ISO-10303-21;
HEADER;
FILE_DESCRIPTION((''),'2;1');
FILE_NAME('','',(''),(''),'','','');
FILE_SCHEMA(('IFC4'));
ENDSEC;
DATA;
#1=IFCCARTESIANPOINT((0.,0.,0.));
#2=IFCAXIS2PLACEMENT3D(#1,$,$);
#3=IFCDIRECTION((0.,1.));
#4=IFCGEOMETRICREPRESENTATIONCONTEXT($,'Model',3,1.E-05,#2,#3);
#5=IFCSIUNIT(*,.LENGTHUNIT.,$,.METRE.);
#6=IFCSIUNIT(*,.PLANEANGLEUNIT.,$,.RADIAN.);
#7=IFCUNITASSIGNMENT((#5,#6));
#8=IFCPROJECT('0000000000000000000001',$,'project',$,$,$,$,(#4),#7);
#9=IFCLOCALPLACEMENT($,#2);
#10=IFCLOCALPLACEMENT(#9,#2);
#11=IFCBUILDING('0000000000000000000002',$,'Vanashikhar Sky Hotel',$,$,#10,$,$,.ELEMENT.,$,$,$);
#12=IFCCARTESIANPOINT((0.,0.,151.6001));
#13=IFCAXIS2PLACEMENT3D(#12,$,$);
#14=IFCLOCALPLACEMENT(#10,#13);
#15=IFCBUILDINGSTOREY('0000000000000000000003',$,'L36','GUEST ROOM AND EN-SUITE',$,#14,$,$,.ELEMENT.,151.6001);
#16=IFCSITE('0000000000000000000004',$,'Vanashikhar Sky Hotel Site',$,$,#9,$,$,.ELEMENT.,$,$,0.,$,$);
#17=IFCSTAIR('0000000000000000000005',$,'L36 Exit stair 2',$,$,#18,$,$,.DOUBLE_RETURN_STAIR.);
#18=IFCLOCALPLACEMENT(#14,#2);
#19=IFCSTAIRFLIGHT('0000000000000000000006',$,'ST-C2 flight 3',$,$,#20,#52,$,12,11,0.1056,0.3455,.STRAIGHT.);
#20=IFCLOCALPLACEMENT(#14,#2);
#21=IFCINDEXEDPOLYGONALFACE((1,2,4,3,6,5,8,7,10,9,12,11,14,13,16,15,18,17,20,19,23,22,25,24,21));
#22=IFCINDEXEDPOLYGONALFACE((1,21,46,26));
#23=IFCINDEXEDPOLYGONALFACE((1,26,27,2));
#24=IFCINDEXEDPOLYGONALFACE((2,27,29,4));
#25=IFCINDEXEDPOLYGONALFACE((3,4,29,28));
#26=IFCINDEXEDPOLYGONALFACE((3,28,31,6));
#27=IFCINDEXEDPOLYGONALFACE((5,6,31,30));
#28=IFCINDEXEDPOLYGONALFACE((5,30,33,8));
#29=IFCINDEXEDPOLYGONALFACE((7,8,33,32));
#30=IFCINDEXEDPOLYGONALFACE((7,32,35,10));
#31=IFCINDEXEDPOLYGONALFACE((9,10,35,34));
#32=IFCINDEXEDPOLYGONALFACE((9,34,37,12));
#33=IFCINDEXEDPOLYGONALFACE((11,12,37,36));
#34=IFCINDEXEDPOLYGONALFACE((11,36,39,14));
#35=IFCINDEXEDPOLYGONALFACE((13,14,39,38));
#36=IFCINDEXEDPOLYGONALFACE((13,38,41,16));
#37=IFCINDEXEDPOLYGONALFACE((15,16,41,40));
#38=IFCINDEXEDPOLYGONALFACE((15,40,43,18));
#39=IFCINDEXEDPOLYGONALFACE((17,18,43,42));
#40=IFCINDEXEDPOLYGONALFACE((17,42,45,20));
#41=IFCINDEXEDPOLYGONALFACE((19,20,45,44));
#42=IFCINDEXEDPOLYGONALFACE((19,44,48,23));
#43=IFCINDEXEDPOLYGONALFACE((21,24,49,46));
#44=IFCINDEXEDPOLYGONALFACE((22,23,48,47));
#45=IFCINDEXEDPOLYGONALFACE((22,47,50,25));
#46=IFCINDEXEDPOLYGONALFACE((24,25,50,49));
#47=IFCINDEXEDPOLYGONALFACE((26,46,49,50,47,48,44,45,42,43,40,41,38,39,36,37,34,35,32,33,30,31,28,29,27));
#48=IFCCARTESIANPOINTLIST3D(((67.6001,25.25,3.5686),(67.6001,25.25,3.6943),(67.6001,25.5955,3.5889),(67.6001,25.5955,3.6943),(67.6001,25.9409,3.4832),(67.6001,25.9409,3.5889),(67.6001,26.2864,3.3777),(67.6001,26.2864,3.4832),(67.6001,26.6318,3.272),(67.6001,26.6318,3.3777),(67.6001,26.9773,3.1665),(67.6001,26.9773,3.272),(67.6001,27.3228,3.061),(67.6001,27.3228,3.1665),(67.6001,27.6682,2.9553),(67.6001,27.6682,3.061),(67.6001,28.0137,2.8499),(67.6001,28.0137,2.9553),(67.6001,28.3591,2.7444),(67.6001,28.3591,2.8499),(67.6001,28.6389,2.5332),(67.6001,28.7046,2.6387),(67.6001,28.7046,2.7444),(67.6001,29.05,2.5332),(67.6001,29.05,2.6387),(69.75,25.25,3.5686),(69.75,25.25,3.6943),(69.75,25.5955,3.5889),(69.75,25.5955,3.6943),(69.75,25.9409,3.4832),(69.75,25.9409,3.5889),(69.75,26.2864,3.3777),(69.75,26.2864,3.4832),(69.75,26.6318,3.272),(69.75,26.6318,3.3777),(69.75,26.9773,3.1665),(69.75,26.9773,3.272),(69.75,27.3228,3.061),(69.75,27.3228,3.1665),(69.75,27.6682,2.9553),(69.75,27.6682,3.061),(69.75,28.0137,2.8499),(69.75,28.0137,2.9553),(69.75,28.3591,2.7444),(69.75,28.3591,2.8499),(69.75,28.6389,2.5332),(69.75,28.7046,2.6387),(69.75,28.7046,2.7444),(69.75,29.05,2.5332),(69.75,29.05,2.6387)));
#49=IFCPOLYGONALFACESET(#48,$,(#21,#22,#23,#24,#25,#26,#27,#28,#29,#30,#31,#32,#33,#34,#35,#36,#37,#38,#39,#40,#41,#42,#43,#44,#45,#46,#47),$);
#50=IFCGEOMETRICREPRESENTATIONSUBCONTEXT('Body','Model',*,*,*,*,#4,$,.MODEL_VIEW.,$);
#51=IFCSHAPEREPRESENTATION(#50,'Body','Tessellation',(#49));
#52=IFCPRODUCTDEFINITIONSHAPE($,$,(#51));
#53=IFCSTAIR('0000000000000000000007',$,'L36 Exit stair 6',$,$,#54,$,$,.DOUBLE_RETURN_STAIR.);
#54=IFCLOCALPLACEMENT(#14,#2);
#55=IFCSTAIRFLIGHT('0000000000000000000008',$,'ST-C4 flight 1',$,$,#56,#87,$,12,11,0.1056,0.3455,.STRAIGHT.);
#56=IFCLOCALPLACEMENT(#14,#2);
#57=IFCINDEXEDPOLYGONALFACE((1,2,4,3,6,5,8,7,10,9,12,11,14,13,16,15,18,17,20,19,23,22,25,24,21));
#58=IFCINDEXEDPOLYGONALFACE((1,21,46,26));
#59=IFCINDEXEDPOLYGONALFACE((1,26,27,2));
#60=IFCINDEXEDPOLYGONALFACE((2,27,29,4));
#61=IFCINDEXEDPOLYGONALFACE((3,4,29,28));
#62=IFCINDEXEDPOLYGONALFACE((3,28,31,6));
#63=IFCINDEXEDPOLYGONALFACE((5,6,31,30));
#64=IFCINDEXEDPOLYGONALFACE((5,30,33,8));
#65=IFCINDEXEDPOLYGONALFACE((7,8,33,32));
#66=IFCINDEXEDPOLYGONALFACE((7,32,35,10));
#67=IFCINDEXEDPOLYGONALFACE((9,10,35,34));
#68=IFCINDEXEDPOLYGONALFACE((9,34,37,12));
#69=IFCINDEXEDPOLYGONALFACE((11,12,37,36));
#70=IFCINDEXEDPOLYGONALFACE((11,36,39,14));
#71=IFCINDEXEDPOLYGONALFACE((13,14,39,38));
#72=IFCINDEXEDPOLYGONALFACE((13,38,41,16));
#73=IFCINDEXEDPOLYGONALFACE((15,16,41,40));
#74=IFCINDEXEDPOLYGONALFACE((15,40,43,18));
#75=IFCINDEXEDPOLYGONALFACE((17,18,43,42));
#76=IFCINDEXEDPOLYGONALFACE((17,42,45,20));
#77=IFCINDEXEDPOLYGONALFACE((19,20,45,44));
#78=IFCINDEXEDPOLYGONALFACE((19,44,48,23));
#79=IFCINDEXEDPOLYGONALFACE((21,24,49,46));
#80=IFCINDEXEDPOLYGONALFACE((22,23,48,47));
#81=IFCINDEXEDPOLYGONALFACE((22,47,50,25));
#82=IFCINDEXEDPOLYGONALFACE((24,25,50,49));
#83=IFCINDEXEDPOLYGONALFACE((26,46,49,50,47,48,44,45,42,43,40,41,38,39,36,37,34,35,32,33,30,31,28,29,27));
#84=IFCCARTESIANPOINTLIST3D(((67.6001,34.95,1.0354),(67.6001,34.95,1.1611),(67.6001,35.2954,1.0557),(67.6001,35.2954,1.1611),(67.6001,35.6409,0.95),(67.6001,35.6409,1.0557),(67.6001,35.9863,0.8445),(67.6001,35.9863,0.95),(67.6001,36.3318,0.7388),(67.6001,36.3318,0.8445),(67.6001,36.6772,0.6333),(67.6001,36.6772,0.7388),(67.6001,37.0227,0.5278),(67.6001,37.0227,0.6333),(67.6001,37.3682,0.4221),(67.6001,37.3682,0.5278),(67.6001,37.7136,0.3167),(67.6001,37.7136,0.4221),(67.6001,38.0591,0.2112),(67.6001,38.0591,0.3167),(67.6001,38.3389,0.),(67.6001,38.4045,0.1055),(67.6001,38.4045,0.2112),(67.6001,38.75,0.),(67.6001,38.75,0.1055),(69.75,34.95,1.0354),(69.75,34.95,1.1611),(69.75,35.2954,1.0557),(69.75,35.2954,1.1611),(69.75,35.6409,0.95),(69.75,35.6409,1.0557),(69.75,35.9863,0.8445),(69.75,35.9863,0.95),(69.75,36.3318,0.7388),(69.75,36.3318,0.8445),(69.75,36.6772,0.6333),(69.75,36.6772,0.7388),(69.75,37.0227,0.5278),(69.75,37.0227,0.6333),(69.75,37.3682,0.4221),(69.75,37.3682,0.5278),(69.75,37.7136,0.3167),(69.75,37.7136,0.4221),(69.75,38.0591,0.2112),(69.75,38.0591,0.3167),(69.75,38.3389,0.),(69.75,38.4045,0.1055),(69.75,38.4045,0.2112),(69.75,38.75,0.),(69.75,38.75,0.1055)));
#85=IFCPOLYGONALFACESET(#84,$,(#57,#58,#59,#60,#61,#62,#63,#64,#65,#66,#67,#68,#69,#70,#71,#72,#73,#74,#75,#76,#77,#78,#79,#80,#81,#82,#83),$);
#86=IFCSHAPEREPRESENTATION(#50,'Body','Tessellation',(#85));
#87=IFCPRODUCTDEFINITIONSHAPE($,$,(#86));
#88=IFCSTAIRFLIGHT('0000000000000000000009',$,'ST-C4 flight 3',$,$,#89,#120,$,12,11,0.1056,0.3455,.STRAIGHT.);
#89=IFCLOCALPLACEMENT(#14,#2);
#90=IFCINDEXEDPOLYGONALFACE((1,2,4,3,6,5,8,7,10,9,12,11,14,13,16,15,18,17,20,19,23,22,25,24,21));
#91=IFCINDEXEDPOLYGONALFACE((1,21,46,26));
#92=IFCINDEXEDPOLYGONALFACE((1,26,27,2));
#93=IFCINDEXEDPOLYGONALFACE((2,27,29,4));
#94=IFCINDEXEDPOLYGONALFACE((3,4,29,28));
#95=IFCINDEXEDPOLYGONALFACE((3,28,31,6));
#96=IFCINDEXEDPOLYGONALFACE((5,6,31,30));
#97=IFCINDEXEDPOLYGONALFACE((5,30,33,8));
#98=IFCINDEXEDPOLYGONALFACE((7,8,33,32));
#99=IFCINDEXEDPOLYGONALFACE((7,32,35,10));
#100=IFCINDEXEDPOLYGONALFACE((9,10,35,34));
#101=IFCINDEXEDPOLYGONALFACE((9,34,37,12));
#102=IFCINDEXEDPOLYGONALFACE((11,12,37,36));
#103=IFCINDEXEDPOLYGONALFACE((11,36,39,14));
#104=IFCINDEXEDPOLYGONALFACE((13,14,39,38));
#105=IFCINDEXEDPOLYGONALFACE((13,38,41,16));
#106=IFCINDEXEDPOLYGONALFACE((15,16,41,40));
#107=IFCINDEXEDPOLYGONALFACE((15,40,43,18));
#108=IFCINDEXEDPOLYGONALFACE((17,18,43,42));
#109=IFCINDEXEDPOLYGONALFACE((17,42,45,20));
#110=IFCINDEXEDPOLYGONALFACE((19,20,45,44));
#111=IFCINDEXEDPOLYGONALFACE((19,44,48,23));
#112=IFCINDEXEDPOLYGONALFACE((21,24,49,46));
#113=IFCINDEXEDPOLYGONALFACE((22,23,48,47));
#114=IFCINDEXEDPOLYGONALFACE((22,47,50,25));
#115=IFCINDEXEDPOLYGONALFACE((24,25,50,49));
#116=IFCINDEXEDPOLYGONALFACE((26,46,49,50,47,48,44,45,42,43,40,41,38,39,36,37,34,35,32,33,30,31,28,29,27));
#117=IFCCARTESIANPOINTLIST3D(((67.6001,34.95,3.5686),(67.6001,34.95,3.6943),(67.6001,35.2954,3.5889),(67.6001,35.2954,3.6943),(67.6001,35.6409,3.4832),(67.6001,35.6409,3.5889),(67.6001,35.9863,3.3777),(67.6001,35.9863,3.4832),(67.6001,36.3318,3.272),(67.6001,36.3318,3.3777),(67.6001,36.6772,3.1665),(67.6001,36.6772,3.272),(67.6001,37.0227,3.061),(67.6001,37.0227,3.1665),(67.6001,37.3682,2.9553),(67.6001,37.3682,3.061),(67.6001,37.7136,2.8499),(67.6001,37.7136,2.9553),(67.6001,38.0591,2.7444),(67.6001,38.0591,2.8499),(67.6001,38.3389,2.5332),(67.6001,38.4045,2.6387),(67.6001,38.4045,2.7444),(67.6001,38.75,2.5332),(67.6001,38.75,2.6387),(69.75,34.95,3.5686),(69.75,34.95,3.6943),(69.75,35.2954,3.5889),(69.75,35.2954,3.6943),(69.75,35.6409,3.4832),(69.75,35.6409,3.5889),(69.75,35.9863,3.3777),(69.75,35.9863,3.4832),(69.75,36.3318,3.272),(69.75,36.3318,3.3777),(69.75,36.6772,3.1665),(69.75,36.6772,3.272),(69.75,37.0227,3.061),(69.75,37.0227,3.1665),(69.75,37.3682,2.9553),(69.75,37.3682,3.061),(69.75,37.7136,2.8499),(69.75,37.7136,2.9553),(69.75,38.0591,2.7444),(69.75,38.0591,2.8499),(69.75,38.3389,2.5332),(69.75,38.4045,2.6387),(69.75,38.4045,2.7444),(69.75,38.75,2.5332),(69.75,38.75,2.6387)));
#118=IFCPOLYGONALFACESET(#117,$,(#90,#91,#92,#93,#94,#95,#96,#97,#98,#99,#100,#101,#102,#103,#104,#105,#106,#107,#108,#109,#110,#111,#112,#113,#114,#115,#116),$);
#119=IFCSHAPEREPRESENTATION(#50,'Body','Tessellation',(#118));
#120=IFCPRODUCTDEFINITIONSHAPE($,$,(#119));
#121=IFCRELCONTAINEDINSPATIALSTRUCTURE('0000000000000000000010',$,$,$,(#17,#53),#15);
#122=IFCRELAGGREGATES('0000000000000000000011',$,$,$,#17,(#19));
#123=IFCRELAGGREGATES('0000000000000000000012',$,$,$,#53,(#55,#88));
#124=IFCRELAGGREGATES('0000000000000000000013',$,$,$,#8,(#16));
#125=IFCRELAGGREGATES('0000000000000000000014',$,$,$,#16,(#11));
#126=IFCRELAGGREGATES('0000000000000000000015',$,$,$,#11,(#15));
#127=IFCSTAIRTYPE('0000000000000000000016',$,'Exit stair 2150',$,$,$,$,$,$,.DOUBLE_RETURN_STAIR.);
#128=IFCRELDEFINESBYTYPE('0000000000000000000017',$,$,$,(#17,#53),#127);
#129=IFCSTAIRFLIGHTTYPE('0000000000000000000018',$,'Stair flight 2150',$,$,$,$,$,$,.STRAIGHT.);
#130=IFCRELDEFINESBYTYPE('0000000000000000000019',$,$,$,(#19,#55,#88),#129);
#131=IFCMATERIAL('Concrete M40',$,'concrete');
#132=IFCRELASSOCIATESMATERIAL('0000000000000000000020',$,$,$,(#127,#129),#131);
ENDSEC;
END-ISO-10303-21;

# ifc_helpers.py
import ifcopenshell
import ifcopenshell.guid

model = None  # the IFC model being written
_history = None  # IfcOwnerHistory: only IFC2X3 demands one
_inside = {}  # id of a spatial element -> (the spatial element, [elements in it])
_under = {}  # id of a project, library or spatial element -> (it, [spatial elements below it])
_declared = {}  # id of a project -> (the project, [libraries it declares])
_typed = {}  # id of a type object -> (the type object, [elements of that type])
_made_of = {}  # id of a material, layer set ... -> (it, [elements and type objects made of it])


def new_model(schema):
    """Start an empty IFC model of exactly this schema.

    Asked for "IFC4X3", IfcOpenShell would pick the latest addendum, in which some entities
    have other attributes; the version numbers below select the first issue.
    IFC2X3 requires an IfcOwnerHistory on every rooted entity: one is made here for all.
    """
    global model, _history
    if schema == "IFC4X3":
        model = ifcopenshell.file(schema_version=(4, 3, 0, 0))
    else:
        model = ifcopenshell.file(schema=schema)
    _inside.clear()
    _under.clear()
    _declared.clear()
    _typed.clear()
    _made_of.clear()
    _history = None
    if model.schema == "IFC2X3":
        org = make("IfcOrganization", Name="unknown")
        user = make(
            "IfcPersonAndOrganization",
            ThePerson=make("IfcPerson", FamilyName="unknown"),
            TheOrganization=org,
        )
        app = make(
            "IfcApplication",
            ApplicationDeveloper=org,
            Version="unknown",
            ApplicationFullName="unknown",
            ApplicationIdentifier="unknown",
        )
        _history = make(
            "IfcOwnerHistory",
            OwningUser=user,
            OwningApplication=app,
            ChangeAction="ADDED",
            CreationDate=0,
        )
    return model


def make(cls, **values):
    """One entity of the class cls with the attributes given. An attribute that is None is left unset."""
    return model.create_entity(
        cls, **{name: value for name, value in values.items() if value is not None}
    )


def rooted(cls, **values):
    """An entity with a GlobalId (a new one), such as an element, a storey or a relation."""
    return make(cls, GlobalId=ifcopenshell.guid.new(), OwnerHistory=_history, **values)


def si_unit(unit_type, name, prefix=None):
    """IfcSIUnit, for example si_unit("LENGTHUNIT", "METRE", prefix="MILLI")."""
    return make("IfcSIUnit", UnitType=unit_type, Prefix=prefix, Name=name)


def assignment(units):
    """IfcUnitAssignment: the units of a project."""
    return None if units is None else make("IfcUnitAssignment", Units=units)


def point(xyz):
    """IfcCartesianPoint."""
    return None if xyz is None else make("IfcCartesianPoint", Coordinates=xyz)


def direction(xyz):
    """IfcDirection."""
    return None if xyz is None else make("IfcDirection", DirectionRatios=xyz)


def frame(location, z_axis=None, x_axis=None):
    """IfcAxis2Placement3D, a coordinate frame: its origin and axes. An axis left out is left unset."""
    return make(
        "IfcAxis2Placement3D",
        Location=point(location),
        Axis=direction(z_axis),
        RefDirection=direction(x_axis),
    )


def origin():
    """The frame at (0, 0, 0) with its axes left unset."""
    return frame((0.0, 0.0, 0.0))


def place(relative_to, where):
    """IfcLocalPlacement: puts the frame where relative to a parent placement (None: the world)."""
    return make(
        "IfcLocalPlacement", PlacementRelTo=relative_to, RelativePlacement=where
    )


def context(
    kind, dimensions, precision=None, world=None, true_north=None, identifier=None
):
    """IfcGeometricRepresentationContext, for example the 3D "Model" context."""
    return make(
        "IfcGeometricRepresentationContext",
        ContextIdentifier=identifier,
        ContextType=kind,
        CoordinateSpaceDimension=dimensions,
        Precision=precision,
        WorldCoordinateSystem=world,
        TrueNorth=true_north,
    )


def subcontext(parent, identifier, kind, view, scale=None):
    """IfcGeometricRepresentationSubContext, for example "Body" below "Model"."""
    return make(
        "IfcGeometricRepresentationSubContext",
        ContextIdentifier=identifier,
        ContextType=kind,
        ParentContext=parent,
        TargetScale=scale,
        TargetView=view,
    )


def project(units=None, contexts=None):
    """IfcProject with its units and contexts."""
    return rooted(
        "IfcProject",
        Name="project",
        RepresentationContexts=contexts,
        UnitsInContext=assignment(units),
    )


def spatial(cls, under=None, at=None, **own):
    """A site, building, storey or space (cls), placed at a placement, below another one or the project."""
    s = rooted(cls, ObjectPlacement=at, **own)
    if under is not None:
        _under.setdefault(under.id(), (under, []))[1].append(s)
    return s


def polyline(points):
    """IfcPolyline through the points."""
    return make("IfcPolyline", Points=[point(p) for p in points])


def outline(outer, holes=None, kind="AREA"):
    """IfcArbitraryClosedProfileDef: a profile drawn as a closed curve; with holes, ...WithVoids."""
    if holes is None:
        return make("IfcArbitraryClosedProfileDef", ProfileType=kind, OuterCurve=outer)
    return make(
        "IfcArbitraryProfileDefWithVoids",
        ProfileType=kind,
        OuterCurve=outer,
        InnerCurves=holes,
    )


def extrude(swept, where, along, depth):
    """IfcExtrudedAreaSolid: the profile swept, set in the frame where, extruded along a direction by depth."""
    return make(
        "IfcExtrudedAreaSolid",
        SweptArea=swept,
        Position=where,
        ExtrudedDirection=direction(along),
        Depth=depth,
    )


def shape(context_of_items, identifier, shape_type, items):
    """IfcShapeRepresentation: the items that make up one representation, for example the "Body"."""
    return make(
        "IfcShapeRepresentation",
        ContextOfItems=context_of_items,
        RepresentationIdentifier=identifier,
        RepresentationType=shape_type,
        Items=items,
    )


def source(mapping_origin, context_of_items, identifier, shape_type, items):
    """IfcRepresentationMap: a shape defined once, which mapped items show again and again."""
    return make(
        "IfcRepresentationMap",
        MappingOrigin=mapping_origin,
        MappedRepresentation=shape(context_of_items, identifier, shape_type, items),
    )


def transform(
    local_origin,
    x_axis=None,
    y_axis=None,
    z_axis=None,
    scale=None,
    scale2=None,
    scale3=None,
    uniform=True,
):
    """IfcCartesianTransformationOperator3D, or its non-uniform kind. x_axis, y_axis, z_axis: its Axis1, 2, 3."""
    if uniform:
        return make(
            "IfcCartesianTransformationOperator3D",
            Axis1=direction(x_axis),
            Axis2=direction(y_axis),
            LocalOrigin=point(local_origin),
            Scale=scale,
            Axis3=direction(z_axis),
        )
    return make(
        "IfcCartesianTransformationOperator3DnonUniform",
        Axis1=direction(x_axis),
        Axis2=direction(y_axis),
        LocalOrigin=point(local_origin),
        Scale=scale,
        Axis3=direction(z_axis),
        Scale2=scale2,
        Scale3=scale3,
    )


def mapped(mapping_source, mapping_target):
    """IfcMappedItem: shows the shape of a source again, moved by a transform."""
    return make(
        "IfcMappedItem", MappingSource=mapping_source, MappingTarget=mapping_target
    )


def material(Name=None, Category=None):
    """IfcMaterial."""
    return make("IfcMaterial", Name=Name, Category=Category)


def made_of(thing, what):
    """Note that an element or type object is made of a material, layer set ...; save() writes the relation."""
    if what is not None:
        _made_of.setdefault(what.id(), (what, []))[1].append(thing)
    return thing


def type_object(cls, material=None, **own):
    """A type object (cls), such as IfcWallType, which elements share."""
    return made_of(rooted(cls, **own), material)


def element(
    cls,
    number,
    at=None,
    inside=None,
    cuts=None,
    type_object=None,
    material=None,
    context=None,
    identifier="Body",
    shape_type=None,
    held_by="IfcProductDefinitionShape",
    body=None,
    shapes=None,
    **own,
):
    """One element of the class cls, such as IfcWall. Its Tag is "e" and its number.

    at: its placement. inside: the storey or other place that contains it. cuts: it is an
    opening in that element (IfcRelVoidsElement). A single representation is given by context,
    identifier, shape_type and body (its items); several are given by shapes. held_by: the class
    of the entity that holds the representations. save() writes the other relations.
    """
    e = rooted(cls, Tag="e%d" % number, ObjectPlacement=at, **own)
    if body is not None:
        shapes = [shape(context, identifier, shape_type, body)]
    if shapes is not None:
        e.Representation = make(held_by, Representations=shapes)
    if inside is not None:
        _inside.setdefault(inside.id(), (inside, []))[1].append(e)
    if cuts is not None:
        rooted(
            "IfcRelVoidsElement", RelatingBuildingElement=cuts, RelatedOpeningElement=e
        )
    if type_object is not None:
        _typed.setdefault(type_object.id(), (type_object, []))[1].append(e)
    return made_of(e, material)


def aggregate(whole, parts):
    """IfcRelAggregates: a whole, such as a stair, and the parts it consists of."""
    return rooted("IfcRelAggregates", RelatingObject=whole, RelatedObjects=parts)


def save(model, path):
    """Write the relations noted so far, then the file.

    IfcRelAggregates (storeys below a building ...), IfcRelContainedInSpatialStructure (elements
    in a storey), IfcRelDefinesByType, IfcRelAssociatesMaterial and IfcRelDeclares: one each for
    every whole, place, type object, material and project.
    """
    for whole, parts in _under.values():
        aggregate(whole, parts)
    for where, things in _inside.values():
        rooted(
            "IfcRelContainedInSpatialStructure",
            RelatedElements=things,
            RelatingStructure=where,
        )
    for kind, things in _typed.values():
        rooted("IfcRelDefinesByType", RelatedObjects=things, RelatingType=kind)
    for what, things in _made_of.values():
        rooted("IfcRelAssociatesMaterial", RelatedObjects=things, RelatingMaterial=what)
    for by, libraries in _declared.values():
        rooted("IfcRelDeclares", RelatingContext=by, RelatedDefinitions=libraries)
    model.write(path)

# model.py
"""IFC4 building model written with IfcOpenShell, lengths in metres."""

from ifc_helpers import new_model, si_unit, direction, frame, origin, place, context, subcontext, project, spatial, polyline, outline, extrude, source, transform, mapped, material, type_object, element, aggregate, save


model = new_model("IFC4")

# Units and contexts
model_context = context("Model", 3, precision=1e-05, world=origin(), true_north=direction((0.0, 1.0)))
body_context = subcontext(model_context, "Body", "Model", "MODEL_VIEW")
ifc_project = project(units=[si_unit("LENGTHUNIT", "METRE"), si_unit("PLANEANGLEUNIT", "RADIAN")], contexts=[model_context])

# Site, building, storey
site_placement = place(None, origin())
site = spatial("IfcSite", under=ifc_project, at=site_placement, Name="Vanashikhar Sky Hotel Site", CompositionType="ELEMENT", RefElevation=0.0)
building_placement = place(site_placement, origin())
building = spatial("IfcBuilding", under=site, at=building_placement, Name="Vanashikhar Sky Hotel", CompositionType="ELEMENT")
storey_placement = place(building_placement, frame((0.0, 0.0, 151.6001)))
storey = spatial("IfcBuildingStorey", under=building, at=storey_placement, Name="L36", Description="GUEST ROOM AND EN-SUITE", CompositionType="ELEMENT", Elevation=151.6001)

# Stairs, stair flights
ifc_material_1 = material(Name="Concrete M40", Category="concrete")
stair_type = type_object("IfcStairType", Name="Exit stair 2150", PredefinedType="DOUBLE_RETURN_STAIR", material=ifc_material_1)
stair_1_placement = place(storey_placement, origin())
stair_1 = element("IfcStair", 1, at=stair_1_placement, inside=storey, type_object=stair_type, Name="L36 Exit stair 2", PredefinedType="DOUBLE_RETURN_STAIR")
stair_flight_type = type_object("IfcStairFlightType", Name="Stair flight 2150", PredefinedType="STRAIGHT", material=ifc_material_1)
shared_shape_1 = source(origin(), body_context, "Body", "SweptSolid", [
    extrude(outline(polyline([(0.0, 0.0), (0.0, 0.1055), (0.3455, 0.1055), (0.3455, 0.2112), (0.6909, 0.2112), (0.6909, 0.3167), (1.0364, 0.3167), (1.0364, 0.4221), (1.3818, 0.4221), (1.3818, 0.5278), (1.7273, 0.5278), (1.7273, 0.6333), (2.0728, 0.6333), (2.0728, 0.7388), (2.4182, 0.7388), (2.4182, 0.8445), (2.7637, 0.8445), (2.7637, 0.95), (3.1091, 0.95), (3.1091, 1.0557), (3.4546, 1.0557), (3.4546, 1.1611), (3.8, 1.1611), (3.8, 1.2666), (3.8, 1.0354), (0.4111, 0.0), (0.0, 0.0)])), frame((0.0, 1.075, 0.0), z_axis=(0.0, -1.0, 0.0), x_axis=(1.0, 0.0, 0.0)), (0.0, 0.0, 1.0), 2.1499),
])
stair_flight_1_placement = place(storey_placement, frame((68.675, 29.05, 2.5332), z_axis=(0.0, 0.0, 1.0), x_axis=(0.0, -1.0, 0.0)))
stair_flight_1 = element("IfcStairFlight", 2, at=stair_flight_1_placement, type_object=stair_flight_type, Name="ST-C2 flight 3", NumberOfRisers=12, NumberOfTreads=11, PredefinedType="STRAIGHT", RiserHeight=0.1056, TreadLength=0.3455, context=body_context, shape_type="MappedRepresentation", body=[
    mapped(shared_shape_1, transform((0.0, 0.0, 0.0), scale=1.0)),
])
aggregate(stair_1, [stair_flight_1])
stair_2_placement = place(storey_placement, origin())
stair_2 = element("IfcStair", 3, at=stair_2_placement, inside=storey, type_object=stair_type, Name="L36 Exit stair 6", PredefinedType="DOUBLE_RETURN_STAIR")
stair_flight_2_placement = place(storey_placement, frame((68.675, 38.75, 0.0), z_axis=(0.0, 0.0, 1.0), x_axis=(0.0, -1.0, 0.0)))
stair_flight_2 = element("IfcStairFlight", 4, at=stair_flight_2_placement, type_object=stair_flight_type, Name="ST-C4 flight 1", NumberOfRisers=12, NumberOfTreads=11, PredefinedType="STRAIGHT", RiserHeight=0.1056, TreadLength=0.3455, context=body_context, shape_type="MappedRepresentation", body=[
    mapped(shared_shape_1, transform((0.0, 0.0, 0.0), scale=1.0)),
])
stair_flight_3_placement = place(storey_placement, frame((68.675, 38.75, 2.5332), z_axis=(0.0, 0.0, 1.0), x_axis=(0.0, -1.0, 0.0)))
stair_flight_3 = element("IfcStairFlight", 5, at=stair_flight_3_placement, type_object=stair_flight_type, Name="ST-C4 flight 3", NumberOfRisers=12, NumberOfTreads=11, PredefinedType="STRAIGHT", RiserHeight=0.1056, TreadLength=0.3455, context=body_context, shape_type="MappedRepresentation", body=[
    mapped(shared_shape_1, transform((0.0, 0.0, 0.0), scale=1.0)),
])
aggregate(stair_2, [stair_flight_2, stair_flight_3])

save(model, "model.ifc")
